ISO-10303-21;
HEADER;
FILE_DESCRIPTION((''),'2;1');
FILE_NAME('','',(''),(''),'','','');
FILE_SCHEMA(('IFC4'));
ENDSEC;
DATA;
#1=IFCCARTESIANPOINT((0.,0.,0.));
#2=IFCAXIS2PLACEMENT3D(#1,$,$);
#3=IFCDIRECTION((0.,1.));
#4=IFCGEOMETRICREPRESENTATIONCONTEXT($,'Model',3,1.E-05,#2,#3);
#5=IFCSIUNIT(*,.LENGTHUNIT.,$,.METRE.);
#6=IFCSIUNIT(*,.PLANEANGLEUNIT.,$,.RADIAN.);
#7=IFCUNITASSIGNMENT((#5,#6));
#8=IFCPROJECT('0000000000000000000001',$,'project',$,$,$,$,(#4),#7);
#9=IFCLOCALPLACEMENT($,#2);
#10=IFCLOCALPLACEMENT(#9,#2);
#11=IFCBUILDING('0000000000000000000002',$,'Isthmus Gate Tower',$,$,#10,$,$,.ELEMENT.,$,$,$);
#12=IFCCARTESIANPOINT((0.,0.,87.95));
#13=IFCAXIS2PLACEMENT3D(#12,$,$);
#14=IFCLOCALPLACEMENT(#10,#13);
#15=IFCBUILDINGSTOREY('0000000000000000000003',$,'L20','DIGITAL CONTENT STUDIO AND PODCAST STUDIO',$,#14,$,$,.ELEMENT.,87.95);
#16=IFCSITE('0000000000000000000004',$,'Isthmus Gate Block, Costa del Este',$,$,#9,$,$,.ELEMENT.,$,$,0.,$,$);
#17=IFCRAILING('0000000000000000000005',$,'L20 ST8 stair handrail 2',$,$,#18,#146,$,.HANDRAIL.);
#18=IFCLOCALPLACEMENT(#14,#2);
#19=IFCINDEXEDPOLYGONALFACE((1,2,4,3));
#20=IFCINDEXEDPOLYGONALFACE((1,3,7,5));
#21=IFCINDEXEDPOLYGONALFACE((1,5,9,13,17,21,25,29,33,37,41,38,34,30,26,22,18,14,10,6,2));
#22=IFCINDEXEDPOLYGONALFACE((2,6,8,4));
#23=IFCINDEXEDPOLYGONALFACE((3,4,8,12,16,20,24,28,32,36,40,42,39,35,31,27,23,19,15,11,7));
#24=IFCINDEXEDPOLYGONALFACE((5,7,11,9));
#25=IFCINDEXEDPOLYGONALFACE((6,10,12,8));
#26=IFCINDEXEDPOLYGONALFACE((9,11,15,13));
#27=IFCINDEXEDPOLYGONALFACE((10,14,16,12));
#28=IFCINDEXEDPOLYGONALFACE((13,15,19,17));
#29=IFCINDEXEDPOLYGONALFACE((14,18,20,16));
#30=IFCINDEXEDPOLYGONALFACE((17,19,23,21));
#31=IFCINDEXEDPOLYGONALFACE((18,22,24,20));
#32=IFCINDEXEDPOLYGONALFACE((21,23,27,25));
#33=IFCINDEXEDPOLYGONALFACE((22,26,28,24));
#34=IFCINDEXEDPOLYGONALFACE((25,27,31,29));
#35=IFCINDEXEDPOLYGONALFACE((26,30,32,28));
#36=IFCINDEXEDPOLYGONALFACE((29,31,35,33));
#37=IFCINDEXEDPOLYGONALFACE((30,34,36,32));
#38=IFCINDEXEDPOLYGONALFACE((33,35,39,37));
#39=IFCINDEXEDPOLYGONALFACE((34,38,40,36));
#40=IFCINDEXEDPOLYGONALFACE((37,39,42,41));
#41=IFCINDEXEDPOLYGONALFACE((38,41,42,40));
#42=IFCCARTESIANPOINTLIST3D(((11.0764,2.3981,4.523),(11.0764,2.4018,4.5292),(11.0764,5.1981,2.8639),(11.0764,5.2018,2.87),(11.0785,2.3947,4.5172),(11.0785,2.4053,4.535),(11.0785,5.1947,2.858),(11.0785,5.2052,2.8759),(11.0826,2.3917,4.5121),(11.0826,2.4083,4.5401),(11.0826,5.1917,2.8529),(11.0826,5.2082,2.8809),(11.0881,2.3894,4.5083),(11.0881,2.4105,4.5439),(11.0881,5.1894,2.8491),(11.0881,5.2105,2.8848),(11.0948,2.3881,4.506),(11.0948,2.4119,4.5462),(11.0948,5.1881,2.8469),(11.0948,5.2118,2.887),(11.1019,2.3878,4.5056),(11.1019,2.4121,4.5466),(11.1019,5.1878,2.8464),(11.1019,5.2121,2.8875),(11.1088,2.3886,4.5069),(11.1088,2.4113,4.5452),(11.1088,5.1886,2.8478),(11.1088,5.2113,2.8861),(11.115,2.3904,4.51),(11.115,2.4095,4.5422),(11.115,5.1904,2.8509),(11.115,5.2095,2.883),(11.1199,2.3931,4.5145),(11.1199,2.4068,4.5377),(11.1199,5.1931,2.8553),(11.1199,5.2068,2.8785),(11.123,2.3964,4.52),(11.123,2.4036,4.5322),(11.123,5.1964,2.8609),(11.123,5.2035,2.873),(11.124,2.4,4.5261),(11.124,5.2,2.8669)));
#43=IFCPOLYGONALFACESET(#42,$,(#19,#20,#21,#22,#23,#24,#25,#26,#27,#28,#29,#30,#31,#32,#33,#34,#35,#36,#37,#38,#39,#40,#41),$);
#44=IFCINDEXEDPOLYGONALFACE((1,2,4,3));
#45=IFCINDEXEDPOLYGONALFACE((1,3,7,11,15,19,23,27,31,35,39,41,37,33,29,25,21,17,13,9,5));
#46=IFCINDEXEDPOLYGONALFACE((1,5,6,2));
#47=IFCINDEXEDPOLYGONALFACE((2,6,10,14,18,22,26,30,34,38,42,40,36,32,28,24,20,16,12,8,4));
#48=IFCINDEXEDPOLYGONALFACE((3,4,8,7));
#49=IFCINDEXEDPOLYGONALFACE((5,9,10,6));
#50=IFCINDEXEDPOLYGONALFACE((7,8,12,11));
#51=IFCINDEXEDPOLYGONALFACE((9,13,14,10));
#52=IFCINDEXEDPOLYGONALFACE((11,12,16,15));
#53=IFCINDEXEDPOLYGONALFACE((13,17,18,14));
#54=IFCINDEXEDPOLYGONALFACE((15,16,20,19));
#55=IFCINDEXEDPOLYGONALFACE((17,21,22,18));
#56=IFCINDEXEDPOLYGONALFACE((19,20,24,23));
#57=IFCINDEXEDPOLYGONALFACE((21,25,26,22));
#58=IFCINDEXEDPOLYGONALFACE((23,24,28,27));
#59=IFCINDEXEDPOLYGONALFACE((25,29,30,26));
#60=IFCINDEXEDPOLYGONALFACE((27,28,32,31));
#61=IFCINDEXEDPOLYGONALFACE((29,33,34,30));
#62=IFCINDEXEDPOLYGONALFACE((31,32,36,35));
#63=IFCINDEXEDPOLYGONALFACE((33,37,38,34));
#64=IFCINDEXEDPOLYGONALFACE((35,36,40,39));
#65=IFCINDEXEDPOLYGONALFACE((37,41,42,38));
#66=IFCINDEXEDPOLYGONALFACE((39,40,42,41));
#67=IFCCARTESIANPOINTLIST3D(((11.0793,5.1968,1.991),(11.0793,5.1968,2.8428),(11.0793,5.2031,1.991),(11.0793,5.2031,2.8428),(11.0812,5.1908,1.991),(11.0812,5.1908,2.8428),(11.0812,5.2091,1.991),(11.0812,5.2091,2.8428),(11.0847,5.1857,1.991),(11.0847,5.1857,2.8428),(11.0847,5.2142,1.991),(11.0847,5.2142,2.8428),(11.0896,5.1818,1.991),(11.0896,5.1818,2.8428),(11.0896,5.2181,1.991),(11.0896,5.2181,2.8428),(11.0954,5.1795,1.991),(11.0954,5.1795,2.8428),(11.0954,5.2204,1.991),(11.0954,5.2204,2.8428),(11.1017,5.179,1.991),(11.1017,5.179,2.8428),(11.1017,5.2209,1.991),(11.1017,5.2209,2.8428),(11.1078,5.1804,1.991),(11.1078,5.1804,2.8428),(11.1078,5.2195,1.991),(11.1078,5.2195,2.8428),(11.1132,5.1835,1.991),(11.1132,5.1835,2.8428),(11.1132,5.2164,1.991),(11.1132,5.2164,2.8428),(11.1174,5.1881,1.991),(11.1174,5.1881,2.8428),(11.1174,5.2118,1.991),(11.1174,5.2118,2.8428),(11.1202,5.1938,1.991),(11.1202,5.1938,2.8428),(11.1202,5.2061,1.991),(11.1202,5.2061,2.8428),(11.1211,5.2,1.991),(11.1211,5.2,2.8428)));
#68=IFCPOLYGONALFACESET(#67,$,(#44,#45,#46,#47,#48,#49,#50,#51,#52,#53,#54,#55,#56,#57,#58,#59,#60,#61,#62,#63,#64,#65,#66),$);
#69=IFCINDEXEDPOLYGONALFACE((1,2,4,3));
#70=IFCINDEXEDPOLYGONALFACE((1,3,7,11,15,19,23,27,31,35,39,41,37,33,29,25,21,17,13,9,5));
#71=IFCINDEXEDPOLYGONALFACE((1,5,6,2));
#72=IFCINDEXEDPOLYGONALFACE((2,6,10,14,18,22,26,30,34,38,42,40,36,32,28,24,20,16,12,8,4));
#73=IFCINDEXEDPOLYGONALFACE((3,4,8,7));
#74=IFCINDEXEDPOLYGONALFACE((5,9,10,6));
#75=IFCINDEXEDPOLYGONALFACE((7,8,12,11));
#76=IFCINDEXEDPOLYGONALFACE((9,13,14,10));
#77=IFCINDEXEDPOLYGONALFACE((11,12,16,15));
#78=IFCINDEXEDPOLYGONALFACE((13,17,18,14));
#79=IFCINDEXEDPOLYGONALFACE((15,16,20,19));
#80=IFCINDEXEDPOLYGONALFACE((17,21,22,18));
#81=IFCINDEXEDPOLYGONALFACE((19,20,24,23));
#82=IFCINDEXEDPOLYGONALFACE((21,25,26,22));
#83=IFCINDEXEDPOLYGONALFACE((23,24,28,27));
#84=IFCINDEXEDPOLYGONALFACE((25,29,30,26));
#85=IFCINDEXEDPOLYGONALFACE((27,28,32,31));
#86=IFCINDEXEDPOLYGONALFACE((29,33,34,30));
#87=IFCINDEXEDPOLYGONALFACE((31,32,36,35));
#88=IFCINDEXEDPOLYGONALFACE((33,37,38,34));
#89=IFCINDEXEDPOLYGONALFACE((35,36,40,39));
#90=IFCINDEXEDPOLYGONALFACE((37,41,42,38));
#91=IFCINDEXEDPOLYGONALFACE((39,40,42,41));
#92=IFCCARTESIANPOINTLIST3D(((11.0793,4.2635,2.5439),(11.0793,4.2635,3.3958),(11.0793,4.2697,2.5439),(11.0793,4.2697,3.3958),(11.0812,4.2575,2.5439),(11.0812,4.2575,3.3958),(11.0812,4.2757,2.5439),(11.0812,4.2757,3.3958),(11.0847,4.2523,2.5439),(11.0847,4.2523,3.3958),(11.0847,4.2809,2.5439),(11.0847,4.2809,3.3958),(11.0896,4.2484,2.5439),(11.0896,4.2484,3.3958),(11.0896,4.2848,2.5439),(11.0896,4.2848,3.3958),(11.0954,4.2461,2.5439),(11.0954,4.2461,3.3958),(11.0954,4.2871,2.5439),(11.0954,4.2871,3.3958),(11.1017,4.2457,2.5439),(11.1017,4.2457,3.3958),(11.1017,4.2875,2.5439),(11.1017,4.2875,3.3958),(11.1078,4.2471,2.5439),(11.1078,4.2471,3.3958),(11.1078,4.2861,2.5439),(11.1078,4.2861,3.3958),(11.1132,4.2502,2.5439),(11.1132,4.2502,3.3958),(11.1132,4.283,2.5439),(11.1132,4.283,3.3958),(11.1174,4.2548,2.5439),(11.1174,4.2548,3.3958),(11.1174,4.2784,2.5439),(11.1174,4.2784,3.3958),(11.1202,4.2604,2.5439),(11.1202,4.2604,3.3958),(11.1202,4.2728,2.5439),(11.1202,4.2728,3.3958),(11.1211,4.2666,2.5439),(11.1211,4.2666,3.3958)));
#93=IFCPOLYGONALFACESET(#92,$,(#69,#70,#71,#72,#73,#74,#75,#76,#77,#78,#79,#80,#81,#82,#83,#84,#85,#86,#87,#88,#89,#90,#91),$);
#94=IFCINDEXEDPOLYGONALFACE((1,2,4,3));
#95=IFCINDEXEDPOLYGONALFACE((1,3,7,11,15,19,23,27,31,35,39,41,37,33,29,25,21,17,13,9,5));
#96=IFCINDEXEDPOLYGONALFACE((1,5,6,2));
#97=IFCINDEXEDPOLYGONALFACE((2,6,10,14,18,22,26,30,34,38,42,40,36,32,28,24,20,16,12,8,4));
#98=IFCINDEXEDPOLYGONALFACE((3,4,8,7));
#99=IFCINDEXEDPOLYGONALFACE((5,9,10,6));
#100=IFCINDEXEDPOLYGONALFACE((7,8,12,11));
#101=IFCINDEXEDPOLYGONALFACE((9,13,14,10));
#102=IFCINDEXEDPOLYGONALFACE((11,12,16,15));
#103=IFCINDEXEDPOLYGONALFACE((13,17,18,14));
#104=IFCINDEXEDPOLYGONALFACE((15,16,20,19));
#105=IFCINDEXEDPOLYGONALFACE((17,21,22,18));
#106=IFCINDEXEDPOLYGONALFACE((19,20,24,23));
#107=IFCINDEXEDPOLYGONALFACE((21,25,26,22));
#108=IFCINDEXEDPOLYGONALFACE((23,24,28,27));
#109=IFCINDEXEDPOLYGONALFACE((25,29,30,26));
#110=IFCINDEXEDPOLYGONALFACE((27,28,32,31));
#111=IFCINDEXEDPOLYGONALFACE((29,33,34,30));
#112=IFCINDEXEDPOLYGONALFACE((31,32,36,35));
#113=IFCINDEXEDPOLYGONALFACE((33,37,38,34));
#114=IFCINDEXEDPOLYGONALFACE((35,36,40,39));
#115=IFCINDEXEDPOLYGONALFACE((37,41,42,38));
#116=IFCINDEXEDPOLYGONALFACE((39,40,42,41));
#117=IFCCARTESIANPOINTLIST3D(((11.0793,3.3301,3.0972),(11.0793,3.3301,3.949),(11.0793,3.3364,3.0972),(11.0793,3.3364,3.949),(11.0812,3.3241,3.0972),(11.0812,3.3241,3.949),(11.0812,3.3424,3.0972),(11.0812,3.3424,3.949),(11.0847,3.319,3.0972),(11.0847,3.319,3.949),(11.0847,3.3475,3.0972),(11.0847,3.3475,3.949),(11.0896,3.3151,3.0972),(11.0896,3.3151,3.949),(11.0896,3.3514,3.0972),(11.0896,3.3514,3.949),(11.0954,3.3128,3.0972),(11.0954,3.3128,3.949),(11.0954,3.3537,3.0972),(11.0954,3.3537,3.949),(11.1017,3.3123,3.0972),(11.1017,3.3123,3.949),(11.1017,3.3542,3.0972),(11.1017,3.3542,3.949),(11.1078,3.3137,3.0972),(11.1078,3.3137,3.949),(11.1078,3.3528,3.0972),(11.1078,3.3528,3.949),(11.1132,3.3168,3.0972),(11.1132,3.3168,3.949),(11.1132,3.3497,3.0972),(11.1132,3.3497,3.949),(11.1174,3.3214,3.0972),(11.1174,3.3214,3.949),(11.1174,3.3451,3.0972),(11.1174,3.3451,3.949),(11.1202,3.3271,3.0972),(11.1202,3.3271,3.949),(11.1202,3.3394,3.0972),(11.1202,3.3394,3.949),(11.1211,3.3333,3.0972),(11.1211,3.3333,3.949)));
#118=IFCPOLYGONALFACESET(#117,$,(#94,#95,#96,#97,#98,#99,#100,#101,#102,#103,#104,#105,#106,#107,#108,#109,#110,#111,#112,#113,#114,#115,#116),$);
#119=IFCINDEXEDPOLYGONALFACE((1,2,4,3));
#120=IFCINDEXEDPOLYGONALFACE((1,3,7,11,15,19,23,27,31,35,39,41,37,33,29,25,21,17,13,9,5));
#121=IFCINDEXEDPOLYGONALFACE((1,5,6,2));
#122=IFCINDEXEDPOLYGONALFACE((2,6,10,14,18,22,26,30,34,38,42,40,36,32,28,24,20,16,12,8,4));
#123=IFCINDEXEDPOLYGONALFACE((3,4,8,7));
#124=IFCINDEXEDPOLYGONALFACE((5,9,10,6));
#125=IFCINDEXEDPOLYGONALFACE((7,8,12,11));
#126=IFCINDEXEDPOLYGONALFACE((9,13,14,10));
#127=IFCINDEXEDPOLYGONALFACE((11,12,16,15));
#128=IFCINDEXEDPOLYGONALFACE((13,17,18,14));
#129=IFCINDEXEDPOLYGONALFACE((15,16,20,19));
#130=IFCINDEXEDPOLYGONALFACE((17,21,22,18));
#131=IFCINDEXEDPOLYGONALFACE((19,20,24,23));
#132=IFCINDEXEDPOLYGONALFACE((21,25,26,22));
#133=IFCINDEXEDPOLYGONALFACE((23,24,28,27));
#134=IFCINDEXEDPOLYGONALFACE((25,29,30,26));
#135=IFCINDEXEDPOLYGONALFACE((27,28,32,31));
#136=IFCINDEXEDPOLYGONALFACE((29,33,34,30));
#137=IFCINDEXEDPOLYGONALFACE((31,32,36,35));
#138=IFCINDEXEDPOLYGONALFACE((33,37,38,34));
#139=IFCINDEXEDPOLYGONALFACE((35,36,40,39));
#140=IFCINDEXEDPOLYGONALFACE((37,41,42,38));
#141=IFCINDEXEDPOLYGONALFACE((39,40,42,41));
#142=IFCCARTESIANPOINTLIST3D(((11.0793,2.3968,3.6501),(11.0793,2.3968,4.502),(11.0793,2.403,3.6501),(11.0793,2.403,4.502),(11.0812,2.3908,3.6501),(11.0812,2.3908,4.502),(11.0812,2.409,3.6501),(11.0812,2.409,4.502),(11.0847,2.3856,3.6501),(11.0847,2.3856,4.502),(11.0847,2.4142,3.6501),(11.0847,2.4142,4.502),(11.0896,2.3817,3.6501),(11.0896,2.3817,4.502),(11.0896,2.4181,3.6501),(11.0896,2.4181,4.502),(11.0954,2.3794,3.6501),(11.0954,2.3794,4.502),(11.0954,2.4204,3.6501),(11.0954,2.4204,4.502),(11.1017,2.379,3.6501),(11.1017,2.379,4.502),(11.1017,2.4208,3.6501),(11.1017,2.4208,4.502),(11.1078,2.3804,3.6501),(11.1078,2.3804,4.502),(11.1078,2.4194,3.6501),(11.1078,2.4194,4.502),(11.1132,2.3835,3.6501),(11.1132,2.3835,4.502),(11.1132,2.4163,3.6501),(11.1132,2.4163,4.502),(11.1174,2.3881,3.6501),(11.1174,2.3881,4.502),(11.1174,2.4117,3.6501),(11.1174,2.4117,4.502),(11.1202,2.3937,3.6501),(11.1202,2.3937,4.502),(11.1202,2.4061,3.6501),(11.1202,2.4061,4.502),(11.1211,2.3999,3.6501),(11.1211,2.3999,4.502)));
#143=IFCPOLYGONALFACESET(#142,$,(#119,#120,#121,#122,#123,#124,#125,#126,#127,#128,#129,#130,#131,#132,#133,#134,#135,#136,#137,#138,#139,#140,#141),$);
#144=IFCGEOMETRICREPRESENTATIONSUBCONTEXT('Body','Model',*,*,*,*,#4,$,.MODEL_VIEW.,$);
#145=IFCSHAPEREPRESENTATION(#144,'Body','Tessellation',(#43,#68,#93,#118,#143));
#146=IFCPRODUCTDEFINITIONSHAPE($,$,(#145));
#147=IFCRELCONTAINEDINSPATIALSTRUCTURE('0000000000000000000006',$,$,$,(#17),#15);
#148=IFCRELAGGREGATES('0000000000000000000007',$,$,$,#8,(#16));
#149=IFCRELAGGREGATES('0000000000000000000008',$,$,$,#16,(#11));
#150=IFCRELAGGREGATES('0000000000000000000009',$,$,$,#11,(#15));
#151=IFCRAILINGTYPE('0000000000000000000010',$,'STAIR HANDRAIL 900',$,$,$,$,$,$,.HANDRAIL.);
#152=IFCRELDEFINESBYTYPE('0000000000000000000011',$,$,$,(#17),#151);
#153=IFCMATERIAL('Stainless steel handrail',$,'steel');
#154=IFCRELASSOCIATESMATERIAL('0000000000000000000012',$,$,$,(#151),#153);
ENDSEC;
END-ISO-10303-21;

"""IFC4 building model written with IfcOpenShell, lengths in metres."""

from ifc_helpers import new_model, si_unit, direction, frame, origin, origin_2d, place, context, subcontext, project, spatial, circle, extrude, material, type_object, element, save


model = new_model("IFC4")

# Units and contexts
model_context = context("Model", 3, precision=1e-05, world=origin(), true_north=direction((0.0, 1.0)))
body_context = subcontext(model_context, "Body", "Model", "MODEL_VIEW")
ifc_project = project(units=[si_unit("LENGTHUNIT", "METRE"), si_unit("PLANEANGLEUNIT", "RADIAN")], contexts=[model_context])

# Site, building, storey
site_placement = place(None, origin())
site = spatial("IfcSite", under=ifc_project, at=site_placement, Name="Isthmus Gate Block, Costa del Este", CompositionType="ELEMENT", RefElevation=0.0)
building_placement = place(site_placement, origin())
building = spatial("IfcBuilding", under=site, at=building_placement, Name="Isthmus Gate Tower", CompositionType="ELEMENT")
storey_placement = place(building_placement, frame((0.0, 0.0, 87.95)))
storey = spatial("IfcBuildingStorey", under=building, at=storey_placement, Name="L20", Description="DIGITAL CONTENT STUDIO AND PODCAST STUDIO", CompositionType="ELEMENT", Elevation=87.95)

# Railing
ifc_material_1 = material(Name="Stainless steel handrail", Category="steel")
railing_type_1 = type_object("IfcRailingType", Name="STAIR HANDRAIL 900", PredefinedType="HANDRAIL", material=ifc_material_1)
railing_1_placement = place(storey_placement, frame((11.1001, 5.2, 1.991)))
element("IfcRailing", 1, at=railing_1_placement, inside=storey, type_object=railing_type_1, Name="L20 ST8 stair handrail 2", PredefinedType="HANDRAIL", context=body_context, shape_type="SweptSolid", body=[
    extrude(circle(Radius=0.0239, at=origin_2d()), frame((0.0, 0.0, 0.876), z_axis=(0.0, -0.860306, 0.509778), x_axis=(1.0, 0.0, 0.0)), (0.0, 0.0, 1.0), 3.2546),
    extrude(circle(Radius=0.021, at=origin_2d()), origin(), (0.0, 0.0, 1.0), 0.8518),
    extrude(circle(Radius=0.021, at=origin_2d()), frame((0.0, -0.9333, 0.553)), (0.0, 0.0, 1.0), 0.8518),
    extrude(circle(Radius=0.021, at=origin_2d()), frame((0.0, -1.8667, 1.1062)), (0.0, 0.0, 1.0), 0.8518),
    extrude(circle(Radius=0.021, at=origin_2d()), frame((0.0, -2.8, 1.6592)), (0.0, 0.0, 1.0), 0.8518),
])

save(model, "model.ifc")
